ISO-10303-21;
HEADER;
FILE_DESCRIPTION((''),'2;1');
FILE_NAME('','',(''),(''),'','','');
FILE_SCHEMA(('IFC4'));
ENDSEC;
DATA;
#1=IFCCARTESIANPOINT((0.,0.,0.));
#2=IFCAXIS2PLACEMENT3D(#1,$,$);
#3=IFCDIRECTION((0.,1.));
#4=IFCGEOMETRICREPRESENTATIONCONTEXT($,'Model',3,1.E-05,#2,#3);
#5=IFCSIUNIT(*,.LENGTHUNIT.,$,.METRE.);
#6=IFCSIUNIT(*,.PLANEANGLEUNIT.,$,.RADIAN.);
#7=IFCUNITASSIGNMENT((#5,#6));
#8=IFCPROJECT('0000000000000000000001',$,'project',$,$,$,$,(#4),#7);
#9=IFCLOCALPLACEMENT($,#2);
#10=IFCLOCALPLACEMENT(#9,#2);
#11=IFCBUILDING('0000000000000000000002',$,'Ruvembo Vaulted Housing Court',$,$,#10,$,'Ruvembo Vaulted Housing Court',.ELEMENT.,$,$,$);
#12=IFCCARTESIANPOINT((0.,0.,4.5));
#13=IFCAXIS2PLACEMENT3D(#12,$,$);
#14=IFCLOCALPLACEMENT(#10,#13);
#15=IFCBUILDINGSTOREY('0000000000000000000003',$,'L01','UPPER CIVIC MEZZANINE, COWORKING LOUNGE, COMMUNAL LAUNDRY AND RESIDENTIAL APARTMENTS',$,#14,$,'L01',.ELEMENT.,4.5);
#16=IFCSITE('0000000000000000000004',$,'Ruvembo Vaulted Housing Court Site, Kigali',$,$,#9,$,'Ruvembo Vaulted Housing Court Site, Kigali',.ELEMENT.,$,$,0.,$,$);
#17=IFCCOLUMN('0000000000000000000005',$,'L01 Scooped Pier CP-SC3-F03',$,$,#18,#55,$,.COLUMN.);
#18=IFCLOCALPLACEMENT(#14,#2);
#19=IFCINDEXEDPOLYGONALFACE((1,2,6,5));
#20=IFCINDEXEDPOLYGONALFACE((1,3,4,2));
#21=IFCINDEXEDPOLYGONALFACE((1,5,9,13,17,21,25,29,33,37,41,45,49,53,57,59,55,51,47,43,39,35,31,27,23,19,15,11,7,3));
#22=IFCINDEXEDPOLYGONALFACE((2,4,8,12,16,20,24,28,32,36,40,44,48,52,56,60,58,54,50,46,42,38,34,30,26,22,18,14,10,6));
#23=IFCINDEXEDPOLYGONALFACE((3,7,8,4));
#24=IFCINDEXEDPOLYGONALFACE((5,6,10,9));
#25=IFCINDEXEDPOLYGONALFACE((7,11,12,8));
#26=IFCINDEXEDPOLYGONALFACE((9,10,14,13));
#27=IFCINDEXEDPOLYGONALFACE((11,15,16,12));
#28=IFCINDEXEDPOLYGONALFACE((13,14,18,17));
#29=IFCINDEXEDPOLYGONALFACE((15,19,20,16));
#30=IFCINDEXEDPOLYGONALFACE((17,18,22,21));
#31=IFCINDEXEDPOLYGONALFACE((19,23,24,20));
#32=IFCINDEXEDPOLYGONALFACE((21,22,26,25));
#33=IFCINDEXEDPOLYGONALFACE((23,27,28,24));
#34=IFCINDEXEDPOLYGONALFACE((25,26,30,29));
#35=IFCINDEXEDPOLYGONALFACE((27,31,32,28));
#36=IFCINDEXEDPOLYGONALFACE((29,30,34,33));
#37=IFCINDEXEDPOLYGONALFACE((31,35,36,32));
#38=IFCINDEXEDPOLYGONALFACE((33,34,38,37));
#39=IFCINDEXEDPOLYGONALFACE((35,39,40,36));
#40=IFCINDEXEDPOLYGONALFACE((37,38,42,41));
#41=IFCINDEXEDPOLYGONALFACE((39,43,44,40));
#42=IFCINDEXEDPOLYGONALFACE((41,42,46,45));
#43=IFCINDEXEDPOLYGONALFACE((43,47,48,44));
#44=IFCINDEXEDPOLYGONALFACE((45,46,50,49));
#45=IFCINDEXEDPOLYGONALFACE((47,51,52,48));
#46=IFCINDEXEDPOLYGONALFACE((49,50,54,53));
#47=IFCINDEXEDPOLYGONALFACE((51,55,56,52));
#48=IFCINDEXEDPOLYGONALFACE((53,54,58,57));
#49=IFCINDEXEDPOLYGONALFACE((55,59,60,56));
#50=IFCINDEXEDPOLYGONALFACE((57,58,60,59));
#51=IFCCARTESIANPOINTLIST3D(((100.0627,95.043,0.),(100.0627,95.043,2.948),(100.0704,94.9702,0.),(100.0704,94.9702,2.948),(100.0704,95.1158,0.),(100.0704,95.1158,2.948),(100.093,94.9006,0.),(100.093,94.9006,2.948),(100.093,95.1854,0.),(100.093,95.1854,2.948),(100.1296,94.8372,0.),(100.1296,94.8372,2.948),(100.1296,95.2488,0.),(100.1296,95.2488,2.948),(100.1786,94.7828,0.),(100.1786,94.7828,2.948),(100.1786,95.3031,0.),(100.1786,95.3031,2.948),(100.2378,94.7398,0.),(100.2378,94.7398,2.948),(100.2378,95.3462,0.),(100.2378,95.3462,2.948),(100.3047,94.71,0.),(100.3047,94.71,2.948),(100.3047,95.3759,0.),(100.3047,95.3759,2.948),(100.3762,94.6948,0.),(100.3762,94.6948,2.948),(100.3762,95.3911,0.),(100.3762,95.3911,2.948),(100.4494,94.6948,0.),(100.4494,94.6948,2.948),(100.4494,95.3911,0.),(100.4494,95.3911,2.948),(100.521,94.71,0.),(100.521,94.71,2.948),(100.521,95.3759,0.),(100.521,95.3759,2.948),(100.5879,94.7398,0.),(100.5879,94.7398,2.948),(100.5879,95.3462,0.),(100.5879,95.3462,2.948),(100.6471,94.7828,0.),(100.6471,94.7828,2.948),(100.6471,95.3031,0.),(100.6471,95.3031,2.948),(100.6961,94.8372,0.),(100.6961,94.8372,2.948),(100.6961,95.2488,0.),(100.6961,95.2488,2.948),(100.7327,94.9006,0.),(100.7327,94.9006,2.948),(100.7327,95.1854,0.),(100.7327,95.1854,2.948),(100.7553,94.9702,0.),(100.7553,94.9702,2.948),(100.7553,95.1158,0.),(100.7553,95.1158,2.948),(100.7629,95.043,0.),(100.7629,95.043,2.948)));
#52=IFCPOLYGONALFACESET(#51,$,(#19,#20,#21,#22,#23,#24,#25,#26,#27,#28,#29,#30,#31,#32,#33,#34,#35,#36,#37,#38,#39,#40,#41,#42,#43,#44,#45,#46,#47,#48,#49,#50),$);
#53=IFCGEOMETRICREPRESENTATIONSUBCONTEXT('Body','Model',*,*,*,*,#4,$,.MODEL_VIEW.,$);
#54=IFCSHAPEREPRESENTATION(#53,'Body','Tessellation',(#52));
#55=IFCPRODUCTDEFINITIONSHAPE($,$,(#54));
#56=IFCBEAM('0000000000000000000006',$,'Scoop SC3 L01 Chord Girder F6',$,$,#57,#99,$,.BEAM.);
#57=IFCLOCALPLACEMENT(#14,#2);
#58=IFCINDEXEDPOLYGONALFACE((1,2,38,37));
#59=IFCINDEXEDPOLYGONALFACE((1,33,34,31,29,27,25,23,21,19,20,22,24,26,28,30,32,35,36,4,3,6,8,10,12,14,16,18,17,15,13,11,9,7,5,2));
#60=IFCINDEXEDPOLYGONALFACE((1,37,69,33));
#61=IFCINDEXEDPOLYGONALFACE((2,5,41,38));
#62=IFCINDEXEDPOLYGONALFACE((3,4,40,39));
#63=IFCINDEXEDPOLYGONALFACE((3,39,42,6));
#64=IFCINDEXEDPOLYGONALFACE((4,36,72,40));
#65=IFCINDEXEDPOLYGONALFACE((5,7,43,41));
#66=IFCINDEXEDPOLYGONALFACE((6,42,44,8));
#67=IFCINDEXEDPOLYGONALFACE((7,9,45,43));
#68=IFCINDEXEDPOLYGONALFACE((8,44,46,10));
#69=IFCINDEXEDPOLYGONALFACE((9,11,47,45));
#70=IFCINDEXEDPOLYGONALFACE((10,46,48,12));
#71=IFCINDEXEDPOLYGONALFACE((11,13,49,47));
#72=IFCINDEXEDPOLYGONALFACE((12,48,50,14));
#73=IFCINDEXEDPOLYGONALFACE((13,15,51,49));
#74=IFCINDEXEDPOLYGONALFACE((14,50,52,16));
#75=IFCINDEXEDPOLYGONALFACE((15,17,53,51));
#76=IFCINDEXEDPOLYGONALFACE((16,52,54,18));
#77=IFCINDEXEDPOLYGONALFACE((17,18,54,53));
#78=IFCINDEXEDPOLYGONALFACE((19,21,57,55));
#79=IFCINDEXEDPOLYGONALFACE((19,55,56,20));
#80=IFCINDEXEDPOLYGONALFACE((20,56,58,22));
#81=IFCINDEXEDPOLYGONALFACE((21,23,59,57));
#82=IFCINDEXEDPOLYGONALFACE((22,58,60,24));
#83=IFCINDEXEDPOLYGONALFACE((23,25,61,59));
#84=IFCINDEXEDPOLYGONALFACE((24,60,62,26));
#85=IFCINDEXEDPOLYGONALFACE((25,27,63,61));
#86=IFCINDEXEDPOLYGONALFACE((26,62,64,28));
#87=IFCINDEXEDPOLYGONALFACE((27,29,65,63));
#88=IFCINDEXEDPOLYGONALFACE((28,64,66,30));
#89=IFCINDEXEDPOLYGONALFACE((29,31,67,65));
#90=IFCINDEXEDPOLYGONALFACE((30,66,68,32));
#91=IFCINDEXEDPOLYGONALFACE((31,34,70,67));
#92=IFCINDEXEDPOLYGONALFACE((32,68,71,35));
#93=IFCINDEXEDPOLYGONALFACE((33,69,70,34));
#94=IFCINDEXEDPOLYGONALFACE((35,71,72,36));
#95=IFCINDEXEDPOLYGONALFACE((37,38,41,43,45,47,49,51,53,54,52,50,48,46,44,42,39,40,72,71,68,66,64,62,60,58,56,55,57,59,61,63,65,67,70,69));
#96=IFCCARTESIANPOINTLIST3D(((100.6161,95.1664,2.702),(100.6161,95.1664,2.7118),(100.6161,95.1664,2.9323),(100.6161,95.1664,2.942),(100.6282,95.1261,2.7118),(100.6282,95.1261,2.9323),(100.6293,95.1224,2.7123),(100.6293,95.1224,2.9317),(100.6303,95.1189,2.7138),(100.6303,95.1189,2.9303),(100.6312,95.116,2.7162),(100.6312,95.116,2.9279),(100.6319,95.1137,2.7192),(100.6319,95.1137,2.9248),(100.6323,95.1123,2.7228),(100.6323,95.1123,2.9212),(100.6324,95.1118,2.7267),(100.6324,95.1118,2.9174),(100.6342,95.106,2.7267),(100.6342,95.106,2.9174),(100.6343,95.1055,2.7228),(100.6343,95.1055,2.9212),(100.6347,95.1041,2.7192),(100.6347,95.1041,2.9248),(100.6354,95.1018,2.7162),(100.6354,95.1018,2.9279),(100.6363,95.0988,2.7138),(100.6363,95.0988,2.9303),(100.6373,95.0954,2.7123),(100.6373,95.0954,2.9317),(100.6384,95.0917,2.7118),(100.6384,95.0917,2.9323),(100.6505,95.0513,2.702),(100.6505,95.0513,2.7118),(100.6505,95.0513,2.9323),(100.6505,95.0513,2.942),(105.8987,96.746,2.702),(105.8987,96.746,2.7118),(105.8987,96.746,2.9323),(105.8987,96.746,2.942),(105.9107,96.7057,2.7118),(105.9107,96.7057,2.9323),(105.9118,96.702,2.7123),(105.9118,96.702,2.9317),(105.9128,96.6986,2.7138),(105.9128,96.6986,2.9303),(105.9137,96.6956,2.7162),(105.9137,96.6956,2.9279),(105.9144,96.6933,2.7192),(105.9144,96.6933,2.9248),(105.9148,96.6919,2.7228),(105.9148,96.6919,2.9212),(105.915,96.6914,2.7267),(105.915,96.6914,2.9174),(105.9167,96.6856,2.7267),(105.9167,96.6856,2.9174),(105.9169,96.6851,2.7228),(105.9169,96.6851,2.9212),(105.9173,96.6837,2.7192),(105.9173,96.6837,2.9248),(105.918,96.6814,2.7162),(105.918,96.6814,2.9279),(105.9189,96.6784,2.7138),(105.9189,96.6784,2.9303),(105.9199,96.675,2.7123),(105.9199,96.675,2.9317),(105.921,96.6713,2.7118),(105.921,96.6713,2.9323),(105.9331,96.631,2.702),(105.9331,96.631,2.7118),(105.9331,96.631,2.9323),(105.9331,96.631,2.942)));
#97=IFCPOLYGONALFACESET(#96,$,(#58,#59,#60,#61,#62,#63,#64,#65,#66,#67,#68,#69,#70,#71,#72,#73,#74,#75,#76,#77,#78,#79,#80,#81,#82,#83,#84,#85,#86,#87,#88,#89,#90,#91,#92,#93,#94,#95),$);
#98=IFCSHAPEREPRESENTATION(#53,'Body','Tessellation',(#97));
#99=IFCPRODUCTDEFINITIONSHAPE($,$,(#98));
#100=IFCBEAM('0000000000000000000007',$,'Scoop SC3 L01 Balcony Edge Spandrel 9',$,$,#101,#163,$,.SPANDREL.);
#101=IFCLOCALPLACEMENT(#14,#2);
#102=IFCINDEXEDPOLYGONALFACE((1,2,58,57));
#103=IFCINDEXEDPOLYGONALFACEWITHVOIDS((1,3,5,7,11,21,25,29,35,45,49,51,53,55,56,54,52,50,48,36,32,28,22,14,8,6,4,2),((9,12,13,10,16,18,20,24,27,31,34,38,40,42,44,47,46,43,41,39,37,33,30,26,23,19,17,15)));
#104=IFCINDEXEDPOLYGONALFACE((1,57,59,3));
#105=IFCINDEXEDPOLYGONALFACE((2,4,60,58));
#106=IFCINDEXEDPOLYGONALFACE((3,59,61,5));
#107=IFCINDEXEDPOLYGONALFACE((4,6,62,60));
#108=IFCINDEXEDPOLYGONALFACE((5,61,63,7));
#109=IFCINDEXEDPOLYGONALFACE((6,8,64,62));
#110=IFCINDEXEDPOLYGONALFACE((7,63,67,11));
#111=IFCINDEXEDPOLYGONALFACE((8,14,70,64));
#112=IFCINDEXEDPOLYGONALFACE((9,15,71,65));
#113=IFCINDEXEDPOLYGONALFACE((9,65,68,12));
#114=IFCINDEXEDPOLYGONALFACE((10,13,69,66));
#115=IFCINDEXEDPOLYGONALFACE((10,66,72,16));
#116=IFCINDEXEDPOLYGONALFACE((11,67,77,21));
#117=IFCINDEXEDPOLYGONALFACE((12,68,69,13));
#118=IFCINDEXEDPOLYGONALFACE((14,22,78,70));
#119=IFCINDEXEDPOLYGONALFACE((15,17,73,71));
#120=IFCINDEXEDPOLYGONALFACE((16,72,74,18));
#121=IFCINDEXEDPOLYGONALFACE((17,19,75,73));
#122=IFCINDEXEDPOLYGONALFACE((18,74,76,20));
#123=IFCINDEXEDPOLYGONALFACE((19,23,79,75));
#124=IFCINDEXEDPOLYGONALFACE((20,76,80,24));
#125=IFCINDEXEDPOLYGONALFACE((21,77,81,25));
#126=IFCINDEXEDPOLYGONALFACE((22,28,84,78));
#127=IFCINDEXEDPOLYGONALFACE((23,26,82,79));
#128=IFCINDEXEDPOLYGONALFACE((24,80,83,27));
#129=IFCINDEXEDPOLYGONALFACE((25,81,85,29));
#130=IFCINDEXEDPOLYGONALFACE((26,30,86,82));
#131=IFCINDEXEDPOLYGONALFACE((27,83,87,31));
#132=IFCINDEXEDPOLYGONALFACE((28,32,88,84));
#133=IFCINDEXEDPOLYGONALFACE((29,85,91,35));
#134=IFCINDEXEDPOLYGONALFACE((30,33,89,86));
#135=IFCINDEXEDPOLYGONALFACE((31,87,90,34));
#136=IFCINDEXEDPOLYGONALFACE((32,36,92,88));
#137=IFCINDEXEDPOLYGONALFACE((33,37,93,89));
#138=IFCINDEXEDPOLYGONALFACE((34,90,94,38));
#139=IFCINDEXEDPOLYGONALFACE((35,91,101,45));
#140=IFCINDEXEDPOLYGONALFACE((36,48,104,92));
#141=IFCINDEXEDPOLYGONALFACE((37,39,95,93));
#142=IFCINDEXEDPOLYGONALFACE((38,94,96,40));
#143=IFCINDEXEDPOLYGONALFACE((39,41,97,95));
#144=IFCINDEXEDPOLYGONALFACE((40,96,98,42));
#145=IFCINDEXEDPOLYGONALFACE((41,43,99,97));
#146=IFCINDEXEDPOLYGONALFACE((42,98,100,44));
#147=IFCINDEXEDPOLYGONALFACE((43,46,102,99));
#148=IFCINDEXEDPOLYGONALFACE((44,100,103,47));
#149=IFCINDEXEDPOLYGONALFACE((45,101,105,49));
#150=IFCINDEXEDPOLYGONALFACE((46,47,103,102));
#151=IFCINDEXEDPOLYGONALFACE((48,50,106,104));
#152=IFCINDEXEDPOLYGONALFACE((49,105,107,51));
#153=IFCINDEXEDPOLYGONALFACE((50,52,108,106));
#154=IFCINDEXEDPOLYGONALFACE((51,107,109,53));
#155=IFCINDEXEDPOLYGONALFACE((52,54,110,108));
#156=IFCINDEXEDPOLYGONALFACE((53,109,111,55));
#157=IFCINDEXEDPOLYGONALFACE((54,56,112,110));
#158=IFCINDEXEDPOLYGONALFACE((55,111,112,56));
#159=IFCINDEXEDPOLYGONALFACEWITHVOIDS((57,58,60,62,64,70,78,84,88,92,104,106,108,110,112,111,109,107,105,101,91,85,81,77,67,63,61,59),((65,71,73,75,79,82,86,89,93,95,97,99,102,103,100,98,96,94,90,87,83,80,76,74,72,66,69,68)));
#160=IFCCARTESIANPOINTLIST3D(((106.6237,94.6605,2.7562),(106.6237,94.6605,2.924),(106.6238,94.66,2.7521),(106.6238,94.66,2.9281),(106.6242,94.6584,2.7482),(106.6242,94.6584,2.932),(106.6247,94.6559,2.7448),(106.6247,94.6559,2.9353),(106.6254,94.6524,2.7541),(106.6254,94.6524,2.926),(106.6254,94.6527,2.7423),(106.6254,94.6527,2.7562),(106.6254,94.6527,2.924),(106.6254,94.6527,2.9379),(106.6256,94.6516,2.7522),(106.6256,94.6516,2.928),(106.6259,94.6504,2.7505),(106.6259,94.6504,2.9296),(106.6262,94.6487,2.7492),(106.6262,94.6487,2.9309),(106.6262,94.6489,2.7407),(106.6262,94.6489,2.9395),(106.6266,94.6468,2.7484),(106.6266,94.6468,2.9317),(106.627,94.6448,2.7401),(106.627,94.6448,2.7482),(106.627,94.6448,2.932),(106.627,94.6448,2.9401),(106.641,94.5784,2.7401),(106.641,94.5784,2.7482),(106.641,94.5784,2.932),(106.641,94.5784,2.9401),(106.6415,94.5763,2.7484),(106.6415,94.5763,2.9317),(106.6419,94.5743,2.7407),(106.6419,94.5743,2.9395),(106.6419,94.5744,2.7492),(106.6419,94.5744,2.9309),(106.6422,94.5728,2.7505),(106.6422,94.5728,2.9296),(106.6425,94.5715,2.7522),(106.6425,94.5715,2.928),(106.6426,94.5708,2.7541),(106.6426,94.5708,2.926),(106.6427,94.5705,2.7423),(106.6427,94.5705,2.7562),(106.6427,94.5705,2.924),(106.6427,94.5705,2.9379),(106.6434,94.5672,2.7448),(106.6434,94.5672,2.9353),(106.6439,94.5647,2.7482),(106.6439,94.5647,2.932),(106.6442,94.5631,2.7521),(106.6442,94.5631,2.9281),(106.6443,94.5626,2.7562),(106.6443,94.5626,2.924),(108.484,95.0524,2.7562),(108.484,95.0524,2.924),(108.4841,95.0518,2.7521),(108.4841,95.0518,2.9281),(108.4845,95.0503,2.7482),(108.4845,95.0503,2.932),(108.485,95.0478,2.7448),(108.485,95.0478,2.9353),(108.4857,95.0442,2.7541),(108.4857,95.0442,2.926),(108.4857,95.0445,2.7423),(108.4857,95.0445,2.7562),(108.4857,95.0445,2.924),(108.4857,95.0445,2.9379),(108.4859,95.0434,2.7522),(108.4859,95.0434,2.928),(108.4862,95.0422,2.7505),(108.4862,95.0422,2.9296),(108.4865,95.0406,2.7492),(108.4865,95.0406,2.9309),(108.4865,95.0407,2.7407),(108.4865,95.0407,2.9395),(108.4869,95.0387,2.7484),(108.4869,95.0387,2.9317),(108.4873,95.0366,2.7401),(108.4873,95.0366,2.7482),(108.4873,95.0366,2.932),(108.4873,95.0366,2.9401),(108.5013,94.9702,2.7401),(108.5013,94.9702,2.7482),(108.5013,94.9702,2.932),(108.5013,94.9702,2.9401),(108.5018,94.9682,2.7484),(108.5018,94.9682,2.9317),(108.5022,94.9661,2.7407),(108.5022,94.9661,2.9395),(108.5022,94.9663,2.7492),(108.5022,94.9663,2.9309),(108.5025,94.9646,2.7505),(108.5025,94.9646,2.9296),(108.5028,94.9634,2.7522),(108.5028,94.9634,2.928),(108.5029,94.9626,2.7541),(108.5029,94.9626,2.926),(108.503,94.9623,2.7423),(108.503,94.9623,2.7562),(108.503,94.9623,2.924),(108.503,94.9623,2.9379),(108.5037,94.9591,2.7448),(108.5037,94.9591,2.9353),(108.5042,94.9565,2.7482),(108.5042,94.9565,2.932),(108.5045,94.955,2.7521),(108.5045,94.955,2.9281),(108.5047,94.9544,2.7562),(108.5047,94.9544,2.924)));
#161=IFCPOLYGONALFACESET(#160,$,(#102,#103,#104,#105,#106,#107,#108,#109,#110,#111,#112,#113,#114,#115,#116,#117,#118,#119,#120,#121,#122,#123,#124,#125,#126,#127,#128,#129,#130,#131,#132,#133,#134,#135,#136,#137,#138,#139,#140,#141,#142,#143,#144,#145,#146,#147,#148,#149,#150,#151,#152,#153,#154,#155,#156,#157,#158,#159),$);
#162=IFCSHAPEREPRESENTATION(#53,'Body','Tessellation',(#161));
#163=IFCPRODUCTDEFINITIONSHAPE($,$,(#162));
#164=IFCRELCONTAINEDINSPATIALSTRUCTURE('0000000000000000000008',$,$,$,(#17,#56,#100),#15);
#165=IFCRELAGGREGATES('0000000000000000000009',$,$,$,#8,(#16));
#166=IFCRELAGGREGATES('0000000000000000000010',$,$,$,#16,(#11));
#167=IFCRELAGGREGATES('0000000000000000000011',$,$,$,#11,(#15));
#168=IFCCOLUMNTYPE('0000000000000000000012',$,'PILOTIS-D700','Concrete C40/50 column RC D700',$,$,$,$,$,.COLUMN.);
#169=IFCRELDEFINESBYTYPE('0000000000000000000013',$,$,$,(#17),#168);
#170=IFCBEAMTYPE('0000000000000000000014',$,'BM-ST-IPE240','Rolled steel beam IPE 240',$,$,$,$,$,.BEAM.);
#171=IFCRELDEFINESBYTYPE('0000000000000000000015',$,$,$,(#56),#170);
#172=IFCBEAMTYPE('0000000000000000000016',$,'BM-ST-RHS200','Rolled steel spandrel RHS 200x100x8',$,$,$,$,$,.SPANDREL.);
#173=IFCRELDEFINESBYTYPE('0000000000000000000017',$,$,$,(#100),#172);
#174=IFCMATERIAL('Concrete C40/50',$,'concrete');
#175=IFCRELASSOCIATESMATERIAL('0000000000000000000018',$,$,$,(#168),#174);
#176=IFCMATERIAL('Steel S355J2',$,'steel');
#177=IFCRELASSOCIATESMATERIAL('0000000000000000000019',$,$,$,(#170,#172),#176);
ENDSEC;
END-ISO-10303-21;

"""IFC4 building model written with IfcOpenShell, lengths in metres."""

from ifc_helpers import new_model, si_unit, direction, frame, origin, origin_2d, place, context, subcontext, project, spatial, hollow_rectangle, circle, i_section, extrude, material, material_profile, profile_set, type_object, element, save


model = new_model("IFC4")

# Units and contexts
model_context = context("Model", 3, precision=1e-05, world=origin(), true_north=direction((0.0, 1.0)))
body_context = subcontext(model_context, "Body", "Model", "MODEL_VIEW")
ifc_project = project(units=[si_unit("LENGTHUNIT", "METRE"), si_unit("PLANEANGLEUNIT", "RADIAN")], contexts=[model_context])

# Site, building, storey
site_placement = place(None, origin())
site = spatial("IfcSite", under=ifc_project, at=site_placement, Name="Ruvembo Vaulted Housing Court Site, Kigali", LongName="Ruvembo Vaulted Housing Court Site, Kigali", CompositionType="ELEMENT", RefElevation=0.0)
building_placement = place(site_placement, origin())
building = spatial("IfcBuilding", under=site, at=building_placement, Name="Ruvembo Vaulted Housing Court", LongName="Ruvembo Vaulted Housing Court", CompositionType="ELEMENT")
storey_placement = place(building_placement, frame((0.0, 0.0, 4.5)))
storey = spatial("IfcBuildingStorey", under=building, at=storey_placement, Name="L01", Description="UPPER CIVIC MEZZANINE, COWORKING LOUNGE, COMMUNAL LAUNDRY AND RESIDENTIAL APARTMENTS", LongName="L01", CompositionType="ELEMENT", Elevation=4.5)

# Column
ifc_material_1 = material(Name="Concrete C40/50", Category="concrete")
ifc_material_profile_1 = material_profile(ifc_material_1, circle(Radius=0.3501, at=origin_2d()), Name="RC D700")
ifc_profile_set_1 = profile_set([ifc_material_profile_1], Name="Concrete C40/50")
column_type = type_object("IfcColumnType", Name="PILOTIS-D700", Description="Concrete C40/50 column RC D700", PredefinedType="COLUMN", material=ifc_profile_set_1)
column_placement = place(storey_placement, frame((100.4128, 95.043, 0.0), z_axis=(0.0, 0.0, 1.0), x_axis=(1.0, 0.0, 0.0)))
element("IfcColumn", 1, at=column_placement, inside=storey, type_object=column_type, Name="L01 Scooped Pier CP-SC3-F03", PredefinedType="COLUMN", context=body_context, shape_type="SweptSolid", body=[
    extrude(circle(Radius=0.3501, at=origin_2d()), origin(), (0.0, 0.0, 1.0), 2.948),
])

# Beams
ifc_material_2 = material(Name="Steel S355J2", Category="steel")
ifc_material_profile_2 = material_profile(ifc_material_2, i_section(OverallWidth=0.1201, OverallDepth=0.24, WebThickness=0.0061, FlangeThickness=0.0098, FilletRadius=0.0149, at=origin_2d()), Name="IPE 240")
ifc_profile_set_2 = profile_set([ifc_material_profile_2], Name="Steel S355J2")
beam_type_1 = type_object("IfcBeamType", Name="BM-ST-IPE240", Description="Rolled steel beam IPE 240", PredefinedType="BEAM", material=ifc_profile_set_2)
beam_1_placement = place(storey_placement, frame((100.6333, 95.1089, 2.822), z_axis=(0.958083, 0.286491, 0.0), x_axis=(-0.286491, 0.958083, 0.0)))
element("IfcBeam", 2, at=beam_1_placement, inside=storey, type_object=beam_type_1, Name="Scoop SC3 L01 Chord Girder F6", PredefinedType="BEAM", context=body_context, shape_type="SweptSolid", body=[
    extrude(i_section(OverallWidth=0.1201, OverallDepth=0.24, WebThickness=0.0061, FlangeThickness=0.0098, FilletRadius=0.0149, at=origin_2d()), origin(), (0.0, 0.0, 1.0), 5.5137),
])
ifc_material_profile_3 = material_profile(ifc_material_2, hollow_rectangle(XDim=0.1001, YDim=0.2, WallThickness=0.0081, InnerFilletRadius=0.0081, OuterFilletRadius=0.0161, at=origin_2d()), Name="RHS 200x100x8")
ifc_profile_set_3 = profile_set([ifc_material_profile_3], Name="Steel S355J2")
beam_type_2 = type_object("IfcBeamType", Name="BM-ST-RHS200", Description="Rolled steel spandrel RHS 200x100x8", PredefinedType="SPANDREL", material=ifc_profile_set_3)
beam_2_placement = place(storey_placement, frame((106.634, 94.6116, 2.8401), z_axis=(0.978529, 0.206108, 0.0), x_axis=(-0.206108, 0.978529, 0.0)))
element("IfcBeam", 3, at=beam_2_placement, inside=storey, type_object=beam_type_2, Name="Scoop SC3 L01 Balcony Edge Spandrel 9", PredefinedType="SPANDREL", context=body_context, shape_type="SweptSolid", body=[
    extrude(hollow_rectangle(XDim=0.1001, YDim=0.2, WallThickness=0.0081, InnerFilletRadius=0.0081, OuterFilletRadius=0.0161, at=origin_2d()), origin(), (0.0, 0.0, 1.0), 1.9011),
])

save(model, "model.ifc")
